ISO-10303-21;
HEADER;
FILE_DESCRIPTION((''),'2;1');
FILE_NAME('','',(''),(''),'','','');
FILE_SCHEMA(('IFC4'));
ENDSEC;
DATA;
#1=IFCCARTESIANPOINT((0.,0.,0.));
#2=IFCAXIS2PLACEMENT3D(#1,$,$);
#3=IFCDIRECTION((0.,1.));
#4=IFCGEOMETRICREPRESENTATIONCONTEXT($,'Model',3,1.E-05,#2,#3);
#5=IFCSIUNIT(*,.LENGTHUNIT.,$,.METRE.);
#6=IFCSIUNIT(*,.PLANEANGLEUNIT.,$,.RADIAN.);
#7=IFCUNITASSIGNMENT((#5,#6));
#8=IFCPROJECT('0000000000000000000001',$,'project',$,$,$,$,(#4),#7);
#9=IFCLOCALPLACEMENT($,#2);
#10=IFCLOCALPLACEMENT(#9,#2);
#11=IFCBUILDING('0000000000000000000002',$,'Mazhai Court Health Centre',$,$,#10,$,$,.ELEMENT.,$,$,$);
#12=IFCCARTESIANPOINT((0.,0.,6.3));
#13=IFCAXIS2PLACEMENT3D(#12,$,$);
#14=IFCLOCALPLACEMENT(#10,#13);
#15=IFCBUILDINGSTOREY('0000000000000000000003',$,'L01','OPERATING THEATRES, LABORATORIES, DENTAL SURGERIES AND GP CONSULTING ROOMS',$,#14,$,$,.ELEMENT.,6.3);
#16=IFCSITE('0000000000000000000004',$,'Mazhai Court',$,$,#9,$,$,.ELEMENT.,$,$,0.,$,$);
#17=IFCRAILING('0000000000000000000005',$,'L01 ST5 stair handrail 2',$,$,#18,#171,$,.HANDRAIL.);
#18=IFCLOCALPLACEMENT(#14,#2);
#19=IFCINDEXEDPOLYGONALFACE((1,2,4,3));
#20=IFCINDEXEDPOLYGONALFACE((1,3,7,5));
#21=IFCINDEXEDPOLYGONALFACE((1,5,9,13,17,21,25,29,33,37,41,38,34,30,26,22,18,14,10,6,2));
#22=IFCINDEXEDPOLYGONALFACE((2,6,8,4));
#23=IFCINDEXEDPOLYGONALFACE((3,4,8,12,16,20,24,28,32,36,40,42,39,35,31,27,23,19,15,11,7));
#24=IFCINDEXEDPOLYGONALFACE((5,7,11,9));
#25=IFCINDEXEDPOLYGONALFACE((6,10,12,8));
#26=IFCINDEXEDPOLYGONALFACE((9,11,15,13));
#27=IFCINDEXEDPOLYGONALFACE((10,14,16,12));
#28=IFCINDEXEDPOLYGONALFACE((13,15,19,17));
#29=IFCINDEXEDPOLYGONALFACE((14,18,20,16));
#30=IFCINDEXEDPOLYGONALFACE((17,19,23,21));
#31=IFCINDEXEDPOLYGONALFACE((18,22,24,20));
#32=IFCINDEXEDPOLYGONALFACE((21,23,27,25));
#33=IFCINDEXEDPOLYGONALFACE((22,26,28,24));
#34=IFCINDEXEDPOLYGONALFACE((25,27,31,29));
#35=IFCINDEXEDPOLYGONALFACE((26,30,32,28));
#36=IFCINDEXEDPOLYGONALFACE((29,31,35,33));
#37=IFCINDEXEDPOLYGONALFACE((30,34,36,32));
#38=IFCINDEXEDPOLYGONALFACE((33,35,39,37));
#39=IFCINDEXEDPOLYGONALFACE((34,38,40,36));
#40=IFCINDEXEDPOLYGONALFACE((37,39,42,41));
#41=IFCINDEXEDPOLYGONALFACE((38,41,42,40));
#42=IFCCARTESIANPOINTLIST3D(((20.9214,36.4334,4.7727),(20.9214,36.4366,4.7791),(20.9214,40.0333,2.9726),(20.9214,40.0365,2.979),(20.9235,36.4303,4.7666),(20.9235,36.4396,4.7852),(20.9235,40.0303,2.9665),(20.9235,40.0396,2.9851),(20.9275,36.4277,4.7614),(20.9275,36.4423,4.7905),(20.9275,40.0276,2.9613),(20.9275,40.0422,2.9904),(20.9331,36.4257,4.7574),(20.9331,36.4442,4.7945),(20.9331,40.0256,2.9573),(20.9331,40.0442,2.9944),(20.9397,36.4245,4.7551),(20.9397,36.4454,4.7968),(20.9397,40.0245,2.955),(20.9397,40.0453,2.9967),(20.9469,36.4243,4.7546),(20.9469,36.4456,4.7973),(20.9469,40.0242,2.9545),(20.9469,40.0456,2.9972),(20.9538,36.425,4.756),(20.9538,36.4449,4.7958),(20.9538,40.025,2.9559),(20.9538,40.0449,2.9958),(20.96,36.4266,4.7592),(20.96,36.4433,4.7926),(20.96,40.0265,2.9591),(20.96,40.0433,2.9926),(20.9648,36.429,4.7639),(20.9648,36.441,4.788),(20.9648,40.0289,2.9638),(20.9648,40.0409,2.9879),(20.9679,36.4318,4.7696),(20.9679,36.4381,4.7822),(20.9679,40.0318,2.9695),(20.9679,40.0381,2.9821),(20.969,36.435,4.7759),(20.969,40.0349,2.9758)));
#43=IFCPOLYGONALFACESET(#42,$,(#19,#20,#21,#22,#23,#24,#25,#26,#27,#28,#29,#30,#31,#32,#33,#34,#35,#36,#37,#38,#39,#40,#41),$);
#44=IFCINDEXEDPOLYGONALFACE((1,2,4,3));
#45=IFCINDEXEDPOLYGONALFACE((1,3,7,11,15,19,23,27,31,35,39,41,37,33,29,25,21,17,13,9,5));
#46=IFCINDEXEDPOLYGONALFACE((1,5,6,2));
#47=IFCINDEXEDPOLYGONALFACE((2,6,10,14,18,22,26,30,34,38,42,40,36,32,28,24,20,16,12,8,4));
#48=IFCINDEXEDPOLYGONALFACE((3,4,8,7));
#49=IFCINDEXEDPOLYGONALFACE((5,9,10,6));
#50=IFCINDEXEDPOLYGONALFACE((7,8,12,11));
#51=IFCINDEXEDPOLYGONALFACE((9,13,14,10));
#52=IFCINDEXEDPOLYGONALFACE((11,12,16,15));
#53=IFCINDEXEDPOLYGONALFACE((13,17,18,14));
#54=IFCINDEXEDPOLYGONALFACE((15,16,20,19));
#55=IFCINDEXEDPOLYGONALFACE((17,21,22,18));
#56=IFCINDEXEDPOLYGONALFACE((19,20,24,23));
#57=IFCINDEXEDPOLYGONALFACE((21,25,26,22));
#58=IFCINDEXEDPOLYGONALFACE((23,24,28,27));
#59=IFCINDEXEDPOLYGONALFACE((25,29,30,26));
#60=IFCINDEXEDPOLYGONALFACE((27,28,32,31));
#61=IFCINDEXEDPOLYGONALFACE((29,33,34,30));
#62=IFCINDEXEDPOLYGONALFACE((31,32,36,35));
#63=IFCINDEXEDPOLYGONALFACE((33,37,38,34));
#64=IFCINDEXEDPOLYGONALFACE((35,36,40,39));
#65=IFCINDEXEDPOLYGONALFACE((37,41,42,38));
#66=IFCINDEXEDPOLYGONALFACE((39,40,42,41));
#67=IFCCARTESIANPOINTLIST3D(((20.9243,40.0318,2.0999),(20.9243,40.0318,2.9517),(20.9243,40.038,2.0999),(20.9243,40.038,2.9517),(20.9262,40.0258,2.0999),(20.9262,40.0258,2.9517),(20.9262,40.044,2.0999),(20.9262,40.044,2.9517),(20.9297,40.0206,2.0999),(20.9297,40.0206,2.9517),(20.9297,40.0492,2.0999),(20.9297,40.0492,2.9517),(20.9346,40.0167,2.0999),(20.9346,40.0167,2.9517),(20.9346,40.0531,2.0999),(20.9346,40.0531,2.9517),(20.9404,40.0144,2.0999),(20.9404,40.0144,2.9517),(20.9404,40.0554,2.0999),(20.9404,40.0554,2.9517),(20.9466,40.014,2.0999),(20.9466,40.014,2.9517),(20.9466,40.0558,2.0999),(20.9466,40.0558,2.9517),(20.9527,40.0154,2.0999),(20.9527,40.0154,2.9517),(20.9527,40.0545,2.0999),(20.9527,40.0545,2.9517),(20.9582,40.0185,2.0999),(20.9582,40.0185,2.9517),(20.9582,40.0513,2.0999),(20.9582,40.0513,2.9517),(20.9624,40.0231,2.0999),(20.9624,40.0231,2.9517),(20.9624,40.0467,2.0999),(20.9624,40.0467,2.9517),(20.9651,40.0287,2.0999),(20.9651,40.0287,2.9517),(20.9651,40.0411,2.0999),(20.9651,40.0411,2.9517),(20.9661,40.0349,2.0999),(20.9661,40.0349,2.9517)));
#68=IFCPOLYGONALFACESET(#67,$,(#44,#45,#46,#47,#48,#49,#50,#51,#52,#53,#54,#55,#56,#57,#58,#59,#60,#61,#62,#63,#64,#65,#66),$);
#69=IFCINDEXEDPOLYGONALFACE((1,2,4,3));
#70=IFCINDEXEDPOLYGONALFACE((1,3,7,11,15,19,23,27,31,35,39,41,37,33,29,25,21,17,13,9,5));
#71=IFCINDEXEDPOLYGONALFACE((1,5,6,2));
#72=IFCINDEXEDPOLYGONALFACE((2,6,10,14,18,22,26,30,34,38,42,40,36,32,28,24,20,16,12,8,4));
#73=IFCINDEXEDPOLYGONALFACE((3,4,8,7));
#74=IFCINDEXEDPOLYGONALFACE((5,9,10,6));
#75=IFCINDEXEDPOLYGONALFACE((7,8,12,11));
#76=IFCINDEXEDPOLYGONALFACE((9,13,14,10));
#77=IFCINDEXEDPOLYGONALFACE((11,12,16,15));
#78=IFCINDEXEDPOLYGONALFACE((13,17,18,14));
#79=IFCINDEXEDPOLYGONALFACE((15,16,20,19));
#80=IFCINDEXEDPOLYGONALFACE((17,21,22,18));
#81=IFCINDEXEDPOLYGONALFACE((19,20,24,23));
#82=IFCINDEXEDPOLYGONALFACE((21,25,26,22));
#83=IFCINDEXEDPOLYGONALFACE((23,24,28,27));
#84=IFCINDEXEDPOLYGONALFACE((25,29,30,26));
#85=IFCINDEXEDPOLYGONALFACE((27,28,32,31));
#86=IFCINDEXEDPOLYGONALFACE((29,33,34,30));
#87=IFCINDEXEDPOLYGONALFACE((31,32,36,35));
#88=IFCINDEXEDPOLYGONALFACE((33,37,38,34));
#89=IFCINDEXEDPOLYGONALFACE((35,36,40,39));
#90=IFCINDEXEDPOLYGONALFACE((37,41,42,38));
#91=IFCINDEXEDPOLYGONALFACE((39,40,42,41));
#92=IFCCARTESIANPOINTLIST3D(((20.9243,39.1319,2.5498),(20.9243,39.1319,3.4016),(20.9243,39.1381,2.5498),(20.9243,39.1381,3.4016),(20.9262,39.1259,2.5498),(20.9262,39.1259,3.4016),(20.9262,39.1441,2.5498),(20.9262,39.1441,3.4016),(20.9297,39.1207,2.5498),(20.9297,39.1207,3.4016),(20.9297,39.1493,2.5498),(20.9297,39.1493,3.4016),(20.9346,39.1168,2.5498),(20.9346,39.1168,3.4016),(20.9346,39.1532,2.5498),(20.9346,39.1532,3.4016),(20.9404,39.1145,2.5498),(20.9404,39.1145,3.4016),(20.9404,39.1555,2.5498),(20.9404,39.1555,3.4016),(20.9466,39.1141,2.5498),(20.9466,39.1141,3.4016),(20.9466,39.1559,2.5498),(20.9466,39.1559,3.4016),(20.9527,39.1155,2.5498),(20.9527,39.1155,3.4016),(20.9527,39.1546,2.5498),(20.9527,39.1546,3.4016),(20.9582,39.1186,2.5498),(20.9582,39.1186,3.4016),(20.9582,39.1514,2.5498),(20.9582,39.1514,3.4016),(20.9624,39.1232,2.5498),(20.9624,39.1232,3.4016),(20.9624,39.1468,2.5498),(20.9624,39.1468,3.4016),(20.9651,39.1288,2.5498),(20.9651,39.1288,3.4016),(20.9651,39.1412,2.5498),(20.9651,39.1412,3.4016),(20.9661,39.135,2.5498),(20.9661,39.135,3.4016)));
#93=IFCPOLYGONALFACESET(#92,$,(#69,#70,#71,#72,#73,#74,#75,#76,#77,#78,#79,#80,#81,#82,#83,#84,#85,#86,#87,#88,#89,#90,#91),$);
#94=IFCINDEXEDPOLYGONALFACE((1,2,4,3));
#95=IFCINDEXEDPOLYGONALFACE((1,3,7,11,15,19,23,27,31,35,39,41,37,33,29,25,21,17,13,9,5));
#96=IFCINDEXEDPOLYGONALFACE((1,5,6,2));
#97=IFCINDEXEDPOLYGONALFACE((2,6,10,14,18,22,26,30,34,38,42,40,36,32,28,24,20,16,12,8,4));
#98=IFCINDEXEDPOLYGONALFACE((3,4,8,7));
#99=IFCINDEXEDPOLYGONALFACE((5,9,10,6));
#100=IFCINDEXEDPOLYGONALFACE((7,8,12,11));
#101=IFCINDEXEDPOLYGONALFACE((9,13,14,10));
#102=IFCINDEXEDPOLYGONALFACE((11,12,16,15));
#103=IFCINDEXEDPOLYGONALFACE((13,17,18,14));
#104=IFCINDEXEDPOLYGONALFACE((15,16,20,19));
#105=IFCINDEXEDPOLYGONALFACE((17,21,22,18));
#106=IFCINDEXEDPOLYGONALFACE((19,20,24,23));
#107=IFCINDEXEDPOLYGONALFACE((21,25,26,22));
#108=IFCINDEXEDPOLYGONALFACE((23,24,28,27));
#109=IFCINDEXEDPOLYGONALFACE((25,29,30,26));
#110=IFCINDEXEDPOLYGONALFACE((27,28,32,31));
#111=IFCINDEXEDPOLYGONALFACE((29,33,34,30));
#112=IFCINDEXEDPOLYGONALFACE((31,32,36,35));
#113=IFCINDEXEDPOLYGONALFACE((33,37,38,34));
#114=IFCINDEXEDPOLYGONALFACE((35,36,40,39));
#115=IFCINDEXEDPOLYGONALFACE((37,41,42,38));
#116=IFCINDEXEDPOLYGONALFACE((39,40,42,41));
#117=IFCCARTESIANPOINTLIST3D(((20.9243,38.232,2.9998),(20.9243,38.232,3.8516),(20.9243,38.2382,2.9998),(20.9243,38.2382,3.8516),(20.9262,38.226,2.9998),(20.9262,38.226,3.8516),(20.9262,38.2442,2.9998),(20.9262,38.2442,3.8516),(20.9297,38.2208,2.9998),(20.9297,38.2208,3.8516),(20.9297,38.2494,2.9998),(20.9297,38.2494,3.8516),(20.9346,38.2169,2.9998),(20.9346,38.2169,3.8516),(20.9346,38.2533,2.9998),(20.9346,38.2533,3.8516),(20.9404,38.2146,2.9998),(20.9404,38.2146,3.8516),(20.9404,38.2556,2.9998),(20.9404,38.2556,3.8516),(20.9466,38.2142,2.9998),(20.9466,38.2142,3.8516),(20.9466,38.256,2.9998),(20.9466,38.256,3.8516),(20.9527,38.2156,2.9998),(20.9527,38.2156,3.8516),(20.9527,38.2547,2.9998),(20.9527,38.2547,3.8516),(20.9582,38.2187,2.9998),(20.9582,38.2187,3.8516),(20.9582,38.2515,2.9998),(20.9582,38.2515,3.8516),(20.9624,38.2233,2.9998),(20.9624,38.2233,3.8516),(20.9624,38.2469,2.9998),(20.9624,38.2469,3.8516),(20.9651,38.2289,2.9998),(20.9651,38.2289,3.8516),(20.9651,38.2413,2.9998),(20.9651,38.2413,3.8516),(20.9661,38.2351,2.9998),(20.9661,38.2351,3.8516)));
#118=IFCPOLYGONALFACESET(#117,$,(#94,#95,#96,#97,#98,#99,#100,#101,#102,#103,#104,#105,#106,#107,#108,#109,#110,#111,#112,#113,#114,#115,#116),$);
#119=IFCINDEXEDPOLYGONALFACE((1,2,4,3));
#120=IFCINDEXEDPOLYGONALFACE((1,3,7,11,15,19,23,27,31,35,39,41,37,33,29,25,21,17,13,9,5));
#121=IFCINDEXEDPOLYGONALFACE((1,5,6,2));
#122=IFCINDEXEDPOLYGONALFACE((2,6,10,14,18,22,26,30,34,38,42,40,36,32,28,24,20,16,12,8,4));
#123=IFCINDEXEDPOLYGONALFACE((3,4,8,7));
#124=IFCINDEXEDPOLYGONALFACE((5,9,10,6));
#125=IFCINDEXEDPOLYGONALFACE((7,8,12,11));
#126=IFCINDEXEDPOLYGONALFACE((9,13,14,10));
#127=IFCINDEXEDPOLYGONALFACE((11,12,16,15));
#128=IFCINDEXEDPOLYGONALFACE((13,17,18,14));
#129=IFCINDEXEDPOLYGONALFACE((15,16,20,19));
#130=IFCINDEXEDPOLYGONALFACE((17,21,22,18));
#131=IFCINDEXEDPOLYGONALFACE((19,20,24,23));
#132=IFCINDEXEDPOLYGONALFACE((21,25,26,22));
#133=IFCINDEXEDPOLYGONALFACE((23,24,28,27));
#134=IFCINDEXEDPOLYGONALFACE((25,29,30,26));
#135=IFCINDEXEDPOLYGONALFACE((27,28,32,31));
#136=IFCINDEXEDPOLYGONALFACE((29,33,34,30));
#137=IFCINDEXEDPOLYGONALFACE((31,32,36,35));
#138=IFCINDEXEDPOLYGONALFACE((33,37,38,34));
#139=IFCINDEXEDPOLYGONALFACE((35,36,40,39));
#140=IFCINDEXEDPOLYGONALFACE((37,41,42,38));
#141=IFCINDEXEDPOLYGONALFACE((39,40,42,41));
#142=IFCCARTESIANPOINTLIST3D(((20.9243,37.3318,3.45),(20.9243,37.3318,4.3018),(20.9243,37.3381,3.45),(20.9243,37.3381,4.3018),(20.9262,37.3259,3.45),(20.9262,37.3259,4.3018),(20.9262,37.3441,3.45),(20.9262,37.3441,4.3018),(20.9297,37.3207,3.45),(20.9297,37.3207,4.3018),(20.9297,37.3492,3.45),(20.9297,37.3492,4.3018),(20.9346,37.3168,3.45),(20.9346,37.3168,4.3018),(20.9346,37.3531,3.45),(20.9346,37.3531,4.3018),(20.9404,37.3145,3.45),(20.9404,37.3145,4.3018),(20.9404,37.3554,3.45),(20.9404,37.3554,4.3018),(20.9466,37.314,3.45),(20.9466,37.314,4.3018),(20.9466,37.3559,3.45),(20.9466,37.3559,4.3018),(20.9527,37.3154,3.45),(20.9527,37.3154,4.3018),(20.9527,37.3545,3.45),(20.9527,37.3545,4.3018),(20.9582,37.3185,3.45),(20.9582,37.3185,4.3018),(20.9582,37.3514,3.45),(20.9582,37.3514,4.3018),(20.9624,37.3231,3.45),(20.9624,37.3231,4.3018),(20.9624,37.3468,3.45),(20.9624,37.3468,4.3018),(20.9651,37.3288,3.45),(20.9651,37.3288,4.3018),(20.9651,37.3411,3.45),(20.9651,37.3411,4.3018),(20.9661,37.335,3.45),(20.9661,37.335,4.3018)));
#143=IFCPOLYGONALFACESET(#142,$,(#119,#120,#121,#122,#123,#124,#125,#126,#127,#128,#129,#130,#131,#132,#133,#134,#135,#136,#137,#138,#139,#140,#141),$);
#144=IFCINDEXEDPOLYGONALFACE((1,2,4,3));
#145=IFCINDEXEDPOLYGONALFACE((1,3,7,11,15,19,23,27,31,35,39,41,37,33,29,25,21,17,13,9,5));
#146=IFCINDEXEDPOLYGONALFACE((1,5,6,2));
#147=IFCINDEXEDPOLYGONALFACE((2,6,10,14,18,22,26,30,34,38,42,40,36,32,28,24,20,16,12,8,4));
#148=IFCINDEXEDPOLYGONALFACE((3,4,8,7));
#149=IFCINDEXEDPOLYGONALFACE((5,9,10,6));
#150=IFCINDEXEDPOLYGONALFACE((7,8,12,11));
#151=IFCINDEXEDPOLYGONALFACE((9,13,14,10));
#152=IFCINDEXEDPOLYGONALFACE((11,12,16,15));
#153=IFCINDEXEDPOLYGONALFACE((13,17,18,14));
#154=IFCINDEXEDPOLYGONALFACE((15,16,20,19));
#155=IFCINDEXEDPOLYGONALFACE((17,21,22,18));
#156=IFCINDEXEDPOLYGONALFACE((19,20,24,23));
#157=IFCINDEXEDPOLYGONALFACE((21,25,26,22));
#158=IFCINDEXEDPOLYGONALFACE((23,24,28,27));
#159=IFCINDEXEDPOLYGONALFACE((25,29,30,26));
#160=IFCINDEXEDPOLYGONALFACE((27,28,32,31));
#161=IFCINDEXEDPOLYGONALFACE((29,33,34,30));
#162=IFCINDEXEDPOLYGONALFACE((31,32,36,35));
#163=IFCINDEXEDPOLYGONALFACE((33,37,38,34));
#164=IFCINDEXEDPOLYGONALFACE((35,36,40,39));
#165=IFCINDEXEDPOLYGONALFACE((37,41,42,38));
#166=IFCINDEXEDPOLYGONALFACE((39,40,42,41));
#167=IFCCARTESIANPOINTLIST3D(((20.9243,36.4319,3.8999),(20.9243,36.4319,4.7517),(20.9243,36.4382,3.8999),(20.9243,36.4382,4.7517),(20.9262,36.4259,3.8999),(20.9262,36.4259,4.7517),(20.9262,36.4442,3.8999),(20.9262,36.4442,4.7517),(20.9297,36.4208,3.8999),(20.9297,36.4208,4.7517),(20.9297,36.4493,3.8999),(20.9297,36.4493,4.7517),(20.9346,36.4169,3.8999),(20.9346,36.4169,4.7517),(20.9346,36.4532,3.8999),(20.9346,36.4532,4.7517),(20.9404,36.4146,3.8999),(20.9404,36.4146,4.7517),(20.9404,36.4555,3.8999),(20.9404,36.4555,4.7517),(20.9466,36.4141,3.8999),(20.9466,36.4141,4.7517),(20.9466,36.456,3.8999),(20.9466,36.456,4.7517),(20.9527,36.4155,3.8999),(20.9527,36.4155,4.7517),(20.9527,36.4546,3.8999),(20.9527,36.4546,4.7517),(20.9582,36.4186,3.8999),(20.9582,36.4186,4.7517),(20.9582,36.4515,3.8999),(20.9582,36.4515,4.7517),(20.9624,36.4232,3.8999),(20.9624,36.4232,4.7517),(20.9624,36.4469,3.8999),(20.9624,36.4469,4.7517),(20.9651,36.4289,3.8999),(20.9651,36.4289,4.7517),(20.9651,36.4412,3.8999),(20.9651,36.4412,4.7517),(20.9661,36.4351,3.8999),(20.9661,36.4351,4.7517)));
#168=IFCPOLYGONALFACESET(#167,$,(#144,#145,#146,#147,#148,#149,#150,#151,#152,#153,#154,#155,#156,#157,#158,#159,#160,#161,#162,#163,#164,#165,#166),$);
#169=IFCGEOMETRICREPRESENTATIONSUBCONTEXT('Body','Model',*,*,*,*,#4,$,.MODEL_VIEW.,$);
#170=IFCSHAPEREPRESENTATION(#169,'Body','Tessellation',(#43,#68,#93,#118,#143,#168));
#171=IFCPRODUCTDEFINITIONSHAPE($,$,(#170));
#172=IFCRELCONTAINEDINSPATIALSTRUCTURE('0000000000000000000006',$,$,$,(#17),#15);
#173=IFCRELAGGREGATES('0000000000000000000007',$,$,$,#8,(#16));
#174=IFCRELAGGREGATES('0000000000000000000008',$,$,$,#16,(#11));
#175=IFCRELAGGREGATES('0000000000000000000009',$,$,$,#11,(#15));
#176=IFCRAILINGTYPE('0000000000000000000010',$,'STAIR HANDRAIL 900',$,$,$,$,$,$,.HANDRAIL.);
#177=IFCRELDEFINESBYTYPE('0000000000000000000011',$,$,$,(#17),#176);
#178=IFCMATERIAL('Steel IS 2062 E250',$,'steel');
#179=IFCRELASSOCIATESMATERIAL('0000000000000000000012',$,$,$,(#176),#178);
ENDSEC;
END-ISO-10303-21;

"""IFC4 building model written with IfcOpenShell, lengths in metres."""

from ifc_helpers import new_model, si_unit, direction, frame, origin, origin_2d, place, context, subcontext, project, spatial, circle, extrude, material, type_object, element, save


model = new_model("IFC4")

# Units and contexts
model_context = context("Model", 3, precision=1e-05, world=origin(), true_north=direction((0.0, 1.0)))
body_context = subcontext(model_context, "Body", "Model", "MODEL_VIEW")
ifc_project = project(units=[si_unit("LENGTHUNIT", "METRE"), si_unit("PLANEANGLEUNIT", "RADIAN")], contexts=[model_context])

# Site, building, storey
site_placement = place(None, origin())
site = spatial("IfcSite", under=ifc_project, at=site_placement, Name="Mazhai Court", CompositionType="ELEMENT", RefElevation=0.0)
building_placement = place(site_placement, origin())
building = spatial("IfcBuilding", under=site, at=building_placement, Name="Mazhai Court Health Centre", CompositionType="ELEMENT")
storey_placement = place(building_placement, frame((0.0, 0.0, 6.3)))
storey = spatial("IfcBuildingStorey", under=building, at=storey_placement, Name="L01", Description="OPERATING THEATRES, LABORATORIES, DENTAL SURGERIES AND GP CONSULTING ROOMS", CompositionType="ELEMENT", Elevation=6.3)

# Railing
ifc_material_1 = material(Name="Steel IS 2062 E250", Category="steel")
railing_type_1 = type_object("IfcRailingType", Name="STAIR HANDRAIL 900", PredefinedType="HANDRAIL", material=ifc_material_1)
for number, where, name in (
    (1, (20.9451, 40.0349, 2.0999), "L01 ST5 stair handrail 2"),
):
    element("IfcRailing", number, at=place(storey_placement, frame(where)), inside=storey, type_object=railing_type_1, Name=name, PredefinedType="HANDRAIL", context=body_context, shape_type="SweptSolid", body=[
        extrude(circle(Radius=0.0239, at=origin_2d()), frame((0.0, 0.0, 0.876), z_axis=(0.0, -0.894415, 0.447238), x_axis=(1.0, 0.0, 0.0)), (0.0, 0.0, 1.0), 4.0249),
        extrude(circle(Radius=0.021, at=origin_2d()), origin(), (0.0, 0.0, 1.0), 0.8518),
        extrude(circle(Radius=0.021, at=origin_2d()), frame((0.0, -0.8999, 0.45)), (0.0, 0.0, 1.0), 0.8518),
        extrude(circle(Radius=0.021, at=origin_2d()), frame((0.0, -1.7998, 0.8999)), (0.0, 0.0, 1.0), 0.8518),
        extrude(circle(Radius=0.021, at=origin_2d()), frame((0.0, -2.7, 1.3501)), (0.0, 0.0, 1.0), 0.8518),
        extrude(circle(Radius=0.021, at=origin_2d()), frame((0.0, -3.5999, 1.8)), (0.0, 0.0, 1.0), 0.8518),
    ])

save(model, "model.ifc")
